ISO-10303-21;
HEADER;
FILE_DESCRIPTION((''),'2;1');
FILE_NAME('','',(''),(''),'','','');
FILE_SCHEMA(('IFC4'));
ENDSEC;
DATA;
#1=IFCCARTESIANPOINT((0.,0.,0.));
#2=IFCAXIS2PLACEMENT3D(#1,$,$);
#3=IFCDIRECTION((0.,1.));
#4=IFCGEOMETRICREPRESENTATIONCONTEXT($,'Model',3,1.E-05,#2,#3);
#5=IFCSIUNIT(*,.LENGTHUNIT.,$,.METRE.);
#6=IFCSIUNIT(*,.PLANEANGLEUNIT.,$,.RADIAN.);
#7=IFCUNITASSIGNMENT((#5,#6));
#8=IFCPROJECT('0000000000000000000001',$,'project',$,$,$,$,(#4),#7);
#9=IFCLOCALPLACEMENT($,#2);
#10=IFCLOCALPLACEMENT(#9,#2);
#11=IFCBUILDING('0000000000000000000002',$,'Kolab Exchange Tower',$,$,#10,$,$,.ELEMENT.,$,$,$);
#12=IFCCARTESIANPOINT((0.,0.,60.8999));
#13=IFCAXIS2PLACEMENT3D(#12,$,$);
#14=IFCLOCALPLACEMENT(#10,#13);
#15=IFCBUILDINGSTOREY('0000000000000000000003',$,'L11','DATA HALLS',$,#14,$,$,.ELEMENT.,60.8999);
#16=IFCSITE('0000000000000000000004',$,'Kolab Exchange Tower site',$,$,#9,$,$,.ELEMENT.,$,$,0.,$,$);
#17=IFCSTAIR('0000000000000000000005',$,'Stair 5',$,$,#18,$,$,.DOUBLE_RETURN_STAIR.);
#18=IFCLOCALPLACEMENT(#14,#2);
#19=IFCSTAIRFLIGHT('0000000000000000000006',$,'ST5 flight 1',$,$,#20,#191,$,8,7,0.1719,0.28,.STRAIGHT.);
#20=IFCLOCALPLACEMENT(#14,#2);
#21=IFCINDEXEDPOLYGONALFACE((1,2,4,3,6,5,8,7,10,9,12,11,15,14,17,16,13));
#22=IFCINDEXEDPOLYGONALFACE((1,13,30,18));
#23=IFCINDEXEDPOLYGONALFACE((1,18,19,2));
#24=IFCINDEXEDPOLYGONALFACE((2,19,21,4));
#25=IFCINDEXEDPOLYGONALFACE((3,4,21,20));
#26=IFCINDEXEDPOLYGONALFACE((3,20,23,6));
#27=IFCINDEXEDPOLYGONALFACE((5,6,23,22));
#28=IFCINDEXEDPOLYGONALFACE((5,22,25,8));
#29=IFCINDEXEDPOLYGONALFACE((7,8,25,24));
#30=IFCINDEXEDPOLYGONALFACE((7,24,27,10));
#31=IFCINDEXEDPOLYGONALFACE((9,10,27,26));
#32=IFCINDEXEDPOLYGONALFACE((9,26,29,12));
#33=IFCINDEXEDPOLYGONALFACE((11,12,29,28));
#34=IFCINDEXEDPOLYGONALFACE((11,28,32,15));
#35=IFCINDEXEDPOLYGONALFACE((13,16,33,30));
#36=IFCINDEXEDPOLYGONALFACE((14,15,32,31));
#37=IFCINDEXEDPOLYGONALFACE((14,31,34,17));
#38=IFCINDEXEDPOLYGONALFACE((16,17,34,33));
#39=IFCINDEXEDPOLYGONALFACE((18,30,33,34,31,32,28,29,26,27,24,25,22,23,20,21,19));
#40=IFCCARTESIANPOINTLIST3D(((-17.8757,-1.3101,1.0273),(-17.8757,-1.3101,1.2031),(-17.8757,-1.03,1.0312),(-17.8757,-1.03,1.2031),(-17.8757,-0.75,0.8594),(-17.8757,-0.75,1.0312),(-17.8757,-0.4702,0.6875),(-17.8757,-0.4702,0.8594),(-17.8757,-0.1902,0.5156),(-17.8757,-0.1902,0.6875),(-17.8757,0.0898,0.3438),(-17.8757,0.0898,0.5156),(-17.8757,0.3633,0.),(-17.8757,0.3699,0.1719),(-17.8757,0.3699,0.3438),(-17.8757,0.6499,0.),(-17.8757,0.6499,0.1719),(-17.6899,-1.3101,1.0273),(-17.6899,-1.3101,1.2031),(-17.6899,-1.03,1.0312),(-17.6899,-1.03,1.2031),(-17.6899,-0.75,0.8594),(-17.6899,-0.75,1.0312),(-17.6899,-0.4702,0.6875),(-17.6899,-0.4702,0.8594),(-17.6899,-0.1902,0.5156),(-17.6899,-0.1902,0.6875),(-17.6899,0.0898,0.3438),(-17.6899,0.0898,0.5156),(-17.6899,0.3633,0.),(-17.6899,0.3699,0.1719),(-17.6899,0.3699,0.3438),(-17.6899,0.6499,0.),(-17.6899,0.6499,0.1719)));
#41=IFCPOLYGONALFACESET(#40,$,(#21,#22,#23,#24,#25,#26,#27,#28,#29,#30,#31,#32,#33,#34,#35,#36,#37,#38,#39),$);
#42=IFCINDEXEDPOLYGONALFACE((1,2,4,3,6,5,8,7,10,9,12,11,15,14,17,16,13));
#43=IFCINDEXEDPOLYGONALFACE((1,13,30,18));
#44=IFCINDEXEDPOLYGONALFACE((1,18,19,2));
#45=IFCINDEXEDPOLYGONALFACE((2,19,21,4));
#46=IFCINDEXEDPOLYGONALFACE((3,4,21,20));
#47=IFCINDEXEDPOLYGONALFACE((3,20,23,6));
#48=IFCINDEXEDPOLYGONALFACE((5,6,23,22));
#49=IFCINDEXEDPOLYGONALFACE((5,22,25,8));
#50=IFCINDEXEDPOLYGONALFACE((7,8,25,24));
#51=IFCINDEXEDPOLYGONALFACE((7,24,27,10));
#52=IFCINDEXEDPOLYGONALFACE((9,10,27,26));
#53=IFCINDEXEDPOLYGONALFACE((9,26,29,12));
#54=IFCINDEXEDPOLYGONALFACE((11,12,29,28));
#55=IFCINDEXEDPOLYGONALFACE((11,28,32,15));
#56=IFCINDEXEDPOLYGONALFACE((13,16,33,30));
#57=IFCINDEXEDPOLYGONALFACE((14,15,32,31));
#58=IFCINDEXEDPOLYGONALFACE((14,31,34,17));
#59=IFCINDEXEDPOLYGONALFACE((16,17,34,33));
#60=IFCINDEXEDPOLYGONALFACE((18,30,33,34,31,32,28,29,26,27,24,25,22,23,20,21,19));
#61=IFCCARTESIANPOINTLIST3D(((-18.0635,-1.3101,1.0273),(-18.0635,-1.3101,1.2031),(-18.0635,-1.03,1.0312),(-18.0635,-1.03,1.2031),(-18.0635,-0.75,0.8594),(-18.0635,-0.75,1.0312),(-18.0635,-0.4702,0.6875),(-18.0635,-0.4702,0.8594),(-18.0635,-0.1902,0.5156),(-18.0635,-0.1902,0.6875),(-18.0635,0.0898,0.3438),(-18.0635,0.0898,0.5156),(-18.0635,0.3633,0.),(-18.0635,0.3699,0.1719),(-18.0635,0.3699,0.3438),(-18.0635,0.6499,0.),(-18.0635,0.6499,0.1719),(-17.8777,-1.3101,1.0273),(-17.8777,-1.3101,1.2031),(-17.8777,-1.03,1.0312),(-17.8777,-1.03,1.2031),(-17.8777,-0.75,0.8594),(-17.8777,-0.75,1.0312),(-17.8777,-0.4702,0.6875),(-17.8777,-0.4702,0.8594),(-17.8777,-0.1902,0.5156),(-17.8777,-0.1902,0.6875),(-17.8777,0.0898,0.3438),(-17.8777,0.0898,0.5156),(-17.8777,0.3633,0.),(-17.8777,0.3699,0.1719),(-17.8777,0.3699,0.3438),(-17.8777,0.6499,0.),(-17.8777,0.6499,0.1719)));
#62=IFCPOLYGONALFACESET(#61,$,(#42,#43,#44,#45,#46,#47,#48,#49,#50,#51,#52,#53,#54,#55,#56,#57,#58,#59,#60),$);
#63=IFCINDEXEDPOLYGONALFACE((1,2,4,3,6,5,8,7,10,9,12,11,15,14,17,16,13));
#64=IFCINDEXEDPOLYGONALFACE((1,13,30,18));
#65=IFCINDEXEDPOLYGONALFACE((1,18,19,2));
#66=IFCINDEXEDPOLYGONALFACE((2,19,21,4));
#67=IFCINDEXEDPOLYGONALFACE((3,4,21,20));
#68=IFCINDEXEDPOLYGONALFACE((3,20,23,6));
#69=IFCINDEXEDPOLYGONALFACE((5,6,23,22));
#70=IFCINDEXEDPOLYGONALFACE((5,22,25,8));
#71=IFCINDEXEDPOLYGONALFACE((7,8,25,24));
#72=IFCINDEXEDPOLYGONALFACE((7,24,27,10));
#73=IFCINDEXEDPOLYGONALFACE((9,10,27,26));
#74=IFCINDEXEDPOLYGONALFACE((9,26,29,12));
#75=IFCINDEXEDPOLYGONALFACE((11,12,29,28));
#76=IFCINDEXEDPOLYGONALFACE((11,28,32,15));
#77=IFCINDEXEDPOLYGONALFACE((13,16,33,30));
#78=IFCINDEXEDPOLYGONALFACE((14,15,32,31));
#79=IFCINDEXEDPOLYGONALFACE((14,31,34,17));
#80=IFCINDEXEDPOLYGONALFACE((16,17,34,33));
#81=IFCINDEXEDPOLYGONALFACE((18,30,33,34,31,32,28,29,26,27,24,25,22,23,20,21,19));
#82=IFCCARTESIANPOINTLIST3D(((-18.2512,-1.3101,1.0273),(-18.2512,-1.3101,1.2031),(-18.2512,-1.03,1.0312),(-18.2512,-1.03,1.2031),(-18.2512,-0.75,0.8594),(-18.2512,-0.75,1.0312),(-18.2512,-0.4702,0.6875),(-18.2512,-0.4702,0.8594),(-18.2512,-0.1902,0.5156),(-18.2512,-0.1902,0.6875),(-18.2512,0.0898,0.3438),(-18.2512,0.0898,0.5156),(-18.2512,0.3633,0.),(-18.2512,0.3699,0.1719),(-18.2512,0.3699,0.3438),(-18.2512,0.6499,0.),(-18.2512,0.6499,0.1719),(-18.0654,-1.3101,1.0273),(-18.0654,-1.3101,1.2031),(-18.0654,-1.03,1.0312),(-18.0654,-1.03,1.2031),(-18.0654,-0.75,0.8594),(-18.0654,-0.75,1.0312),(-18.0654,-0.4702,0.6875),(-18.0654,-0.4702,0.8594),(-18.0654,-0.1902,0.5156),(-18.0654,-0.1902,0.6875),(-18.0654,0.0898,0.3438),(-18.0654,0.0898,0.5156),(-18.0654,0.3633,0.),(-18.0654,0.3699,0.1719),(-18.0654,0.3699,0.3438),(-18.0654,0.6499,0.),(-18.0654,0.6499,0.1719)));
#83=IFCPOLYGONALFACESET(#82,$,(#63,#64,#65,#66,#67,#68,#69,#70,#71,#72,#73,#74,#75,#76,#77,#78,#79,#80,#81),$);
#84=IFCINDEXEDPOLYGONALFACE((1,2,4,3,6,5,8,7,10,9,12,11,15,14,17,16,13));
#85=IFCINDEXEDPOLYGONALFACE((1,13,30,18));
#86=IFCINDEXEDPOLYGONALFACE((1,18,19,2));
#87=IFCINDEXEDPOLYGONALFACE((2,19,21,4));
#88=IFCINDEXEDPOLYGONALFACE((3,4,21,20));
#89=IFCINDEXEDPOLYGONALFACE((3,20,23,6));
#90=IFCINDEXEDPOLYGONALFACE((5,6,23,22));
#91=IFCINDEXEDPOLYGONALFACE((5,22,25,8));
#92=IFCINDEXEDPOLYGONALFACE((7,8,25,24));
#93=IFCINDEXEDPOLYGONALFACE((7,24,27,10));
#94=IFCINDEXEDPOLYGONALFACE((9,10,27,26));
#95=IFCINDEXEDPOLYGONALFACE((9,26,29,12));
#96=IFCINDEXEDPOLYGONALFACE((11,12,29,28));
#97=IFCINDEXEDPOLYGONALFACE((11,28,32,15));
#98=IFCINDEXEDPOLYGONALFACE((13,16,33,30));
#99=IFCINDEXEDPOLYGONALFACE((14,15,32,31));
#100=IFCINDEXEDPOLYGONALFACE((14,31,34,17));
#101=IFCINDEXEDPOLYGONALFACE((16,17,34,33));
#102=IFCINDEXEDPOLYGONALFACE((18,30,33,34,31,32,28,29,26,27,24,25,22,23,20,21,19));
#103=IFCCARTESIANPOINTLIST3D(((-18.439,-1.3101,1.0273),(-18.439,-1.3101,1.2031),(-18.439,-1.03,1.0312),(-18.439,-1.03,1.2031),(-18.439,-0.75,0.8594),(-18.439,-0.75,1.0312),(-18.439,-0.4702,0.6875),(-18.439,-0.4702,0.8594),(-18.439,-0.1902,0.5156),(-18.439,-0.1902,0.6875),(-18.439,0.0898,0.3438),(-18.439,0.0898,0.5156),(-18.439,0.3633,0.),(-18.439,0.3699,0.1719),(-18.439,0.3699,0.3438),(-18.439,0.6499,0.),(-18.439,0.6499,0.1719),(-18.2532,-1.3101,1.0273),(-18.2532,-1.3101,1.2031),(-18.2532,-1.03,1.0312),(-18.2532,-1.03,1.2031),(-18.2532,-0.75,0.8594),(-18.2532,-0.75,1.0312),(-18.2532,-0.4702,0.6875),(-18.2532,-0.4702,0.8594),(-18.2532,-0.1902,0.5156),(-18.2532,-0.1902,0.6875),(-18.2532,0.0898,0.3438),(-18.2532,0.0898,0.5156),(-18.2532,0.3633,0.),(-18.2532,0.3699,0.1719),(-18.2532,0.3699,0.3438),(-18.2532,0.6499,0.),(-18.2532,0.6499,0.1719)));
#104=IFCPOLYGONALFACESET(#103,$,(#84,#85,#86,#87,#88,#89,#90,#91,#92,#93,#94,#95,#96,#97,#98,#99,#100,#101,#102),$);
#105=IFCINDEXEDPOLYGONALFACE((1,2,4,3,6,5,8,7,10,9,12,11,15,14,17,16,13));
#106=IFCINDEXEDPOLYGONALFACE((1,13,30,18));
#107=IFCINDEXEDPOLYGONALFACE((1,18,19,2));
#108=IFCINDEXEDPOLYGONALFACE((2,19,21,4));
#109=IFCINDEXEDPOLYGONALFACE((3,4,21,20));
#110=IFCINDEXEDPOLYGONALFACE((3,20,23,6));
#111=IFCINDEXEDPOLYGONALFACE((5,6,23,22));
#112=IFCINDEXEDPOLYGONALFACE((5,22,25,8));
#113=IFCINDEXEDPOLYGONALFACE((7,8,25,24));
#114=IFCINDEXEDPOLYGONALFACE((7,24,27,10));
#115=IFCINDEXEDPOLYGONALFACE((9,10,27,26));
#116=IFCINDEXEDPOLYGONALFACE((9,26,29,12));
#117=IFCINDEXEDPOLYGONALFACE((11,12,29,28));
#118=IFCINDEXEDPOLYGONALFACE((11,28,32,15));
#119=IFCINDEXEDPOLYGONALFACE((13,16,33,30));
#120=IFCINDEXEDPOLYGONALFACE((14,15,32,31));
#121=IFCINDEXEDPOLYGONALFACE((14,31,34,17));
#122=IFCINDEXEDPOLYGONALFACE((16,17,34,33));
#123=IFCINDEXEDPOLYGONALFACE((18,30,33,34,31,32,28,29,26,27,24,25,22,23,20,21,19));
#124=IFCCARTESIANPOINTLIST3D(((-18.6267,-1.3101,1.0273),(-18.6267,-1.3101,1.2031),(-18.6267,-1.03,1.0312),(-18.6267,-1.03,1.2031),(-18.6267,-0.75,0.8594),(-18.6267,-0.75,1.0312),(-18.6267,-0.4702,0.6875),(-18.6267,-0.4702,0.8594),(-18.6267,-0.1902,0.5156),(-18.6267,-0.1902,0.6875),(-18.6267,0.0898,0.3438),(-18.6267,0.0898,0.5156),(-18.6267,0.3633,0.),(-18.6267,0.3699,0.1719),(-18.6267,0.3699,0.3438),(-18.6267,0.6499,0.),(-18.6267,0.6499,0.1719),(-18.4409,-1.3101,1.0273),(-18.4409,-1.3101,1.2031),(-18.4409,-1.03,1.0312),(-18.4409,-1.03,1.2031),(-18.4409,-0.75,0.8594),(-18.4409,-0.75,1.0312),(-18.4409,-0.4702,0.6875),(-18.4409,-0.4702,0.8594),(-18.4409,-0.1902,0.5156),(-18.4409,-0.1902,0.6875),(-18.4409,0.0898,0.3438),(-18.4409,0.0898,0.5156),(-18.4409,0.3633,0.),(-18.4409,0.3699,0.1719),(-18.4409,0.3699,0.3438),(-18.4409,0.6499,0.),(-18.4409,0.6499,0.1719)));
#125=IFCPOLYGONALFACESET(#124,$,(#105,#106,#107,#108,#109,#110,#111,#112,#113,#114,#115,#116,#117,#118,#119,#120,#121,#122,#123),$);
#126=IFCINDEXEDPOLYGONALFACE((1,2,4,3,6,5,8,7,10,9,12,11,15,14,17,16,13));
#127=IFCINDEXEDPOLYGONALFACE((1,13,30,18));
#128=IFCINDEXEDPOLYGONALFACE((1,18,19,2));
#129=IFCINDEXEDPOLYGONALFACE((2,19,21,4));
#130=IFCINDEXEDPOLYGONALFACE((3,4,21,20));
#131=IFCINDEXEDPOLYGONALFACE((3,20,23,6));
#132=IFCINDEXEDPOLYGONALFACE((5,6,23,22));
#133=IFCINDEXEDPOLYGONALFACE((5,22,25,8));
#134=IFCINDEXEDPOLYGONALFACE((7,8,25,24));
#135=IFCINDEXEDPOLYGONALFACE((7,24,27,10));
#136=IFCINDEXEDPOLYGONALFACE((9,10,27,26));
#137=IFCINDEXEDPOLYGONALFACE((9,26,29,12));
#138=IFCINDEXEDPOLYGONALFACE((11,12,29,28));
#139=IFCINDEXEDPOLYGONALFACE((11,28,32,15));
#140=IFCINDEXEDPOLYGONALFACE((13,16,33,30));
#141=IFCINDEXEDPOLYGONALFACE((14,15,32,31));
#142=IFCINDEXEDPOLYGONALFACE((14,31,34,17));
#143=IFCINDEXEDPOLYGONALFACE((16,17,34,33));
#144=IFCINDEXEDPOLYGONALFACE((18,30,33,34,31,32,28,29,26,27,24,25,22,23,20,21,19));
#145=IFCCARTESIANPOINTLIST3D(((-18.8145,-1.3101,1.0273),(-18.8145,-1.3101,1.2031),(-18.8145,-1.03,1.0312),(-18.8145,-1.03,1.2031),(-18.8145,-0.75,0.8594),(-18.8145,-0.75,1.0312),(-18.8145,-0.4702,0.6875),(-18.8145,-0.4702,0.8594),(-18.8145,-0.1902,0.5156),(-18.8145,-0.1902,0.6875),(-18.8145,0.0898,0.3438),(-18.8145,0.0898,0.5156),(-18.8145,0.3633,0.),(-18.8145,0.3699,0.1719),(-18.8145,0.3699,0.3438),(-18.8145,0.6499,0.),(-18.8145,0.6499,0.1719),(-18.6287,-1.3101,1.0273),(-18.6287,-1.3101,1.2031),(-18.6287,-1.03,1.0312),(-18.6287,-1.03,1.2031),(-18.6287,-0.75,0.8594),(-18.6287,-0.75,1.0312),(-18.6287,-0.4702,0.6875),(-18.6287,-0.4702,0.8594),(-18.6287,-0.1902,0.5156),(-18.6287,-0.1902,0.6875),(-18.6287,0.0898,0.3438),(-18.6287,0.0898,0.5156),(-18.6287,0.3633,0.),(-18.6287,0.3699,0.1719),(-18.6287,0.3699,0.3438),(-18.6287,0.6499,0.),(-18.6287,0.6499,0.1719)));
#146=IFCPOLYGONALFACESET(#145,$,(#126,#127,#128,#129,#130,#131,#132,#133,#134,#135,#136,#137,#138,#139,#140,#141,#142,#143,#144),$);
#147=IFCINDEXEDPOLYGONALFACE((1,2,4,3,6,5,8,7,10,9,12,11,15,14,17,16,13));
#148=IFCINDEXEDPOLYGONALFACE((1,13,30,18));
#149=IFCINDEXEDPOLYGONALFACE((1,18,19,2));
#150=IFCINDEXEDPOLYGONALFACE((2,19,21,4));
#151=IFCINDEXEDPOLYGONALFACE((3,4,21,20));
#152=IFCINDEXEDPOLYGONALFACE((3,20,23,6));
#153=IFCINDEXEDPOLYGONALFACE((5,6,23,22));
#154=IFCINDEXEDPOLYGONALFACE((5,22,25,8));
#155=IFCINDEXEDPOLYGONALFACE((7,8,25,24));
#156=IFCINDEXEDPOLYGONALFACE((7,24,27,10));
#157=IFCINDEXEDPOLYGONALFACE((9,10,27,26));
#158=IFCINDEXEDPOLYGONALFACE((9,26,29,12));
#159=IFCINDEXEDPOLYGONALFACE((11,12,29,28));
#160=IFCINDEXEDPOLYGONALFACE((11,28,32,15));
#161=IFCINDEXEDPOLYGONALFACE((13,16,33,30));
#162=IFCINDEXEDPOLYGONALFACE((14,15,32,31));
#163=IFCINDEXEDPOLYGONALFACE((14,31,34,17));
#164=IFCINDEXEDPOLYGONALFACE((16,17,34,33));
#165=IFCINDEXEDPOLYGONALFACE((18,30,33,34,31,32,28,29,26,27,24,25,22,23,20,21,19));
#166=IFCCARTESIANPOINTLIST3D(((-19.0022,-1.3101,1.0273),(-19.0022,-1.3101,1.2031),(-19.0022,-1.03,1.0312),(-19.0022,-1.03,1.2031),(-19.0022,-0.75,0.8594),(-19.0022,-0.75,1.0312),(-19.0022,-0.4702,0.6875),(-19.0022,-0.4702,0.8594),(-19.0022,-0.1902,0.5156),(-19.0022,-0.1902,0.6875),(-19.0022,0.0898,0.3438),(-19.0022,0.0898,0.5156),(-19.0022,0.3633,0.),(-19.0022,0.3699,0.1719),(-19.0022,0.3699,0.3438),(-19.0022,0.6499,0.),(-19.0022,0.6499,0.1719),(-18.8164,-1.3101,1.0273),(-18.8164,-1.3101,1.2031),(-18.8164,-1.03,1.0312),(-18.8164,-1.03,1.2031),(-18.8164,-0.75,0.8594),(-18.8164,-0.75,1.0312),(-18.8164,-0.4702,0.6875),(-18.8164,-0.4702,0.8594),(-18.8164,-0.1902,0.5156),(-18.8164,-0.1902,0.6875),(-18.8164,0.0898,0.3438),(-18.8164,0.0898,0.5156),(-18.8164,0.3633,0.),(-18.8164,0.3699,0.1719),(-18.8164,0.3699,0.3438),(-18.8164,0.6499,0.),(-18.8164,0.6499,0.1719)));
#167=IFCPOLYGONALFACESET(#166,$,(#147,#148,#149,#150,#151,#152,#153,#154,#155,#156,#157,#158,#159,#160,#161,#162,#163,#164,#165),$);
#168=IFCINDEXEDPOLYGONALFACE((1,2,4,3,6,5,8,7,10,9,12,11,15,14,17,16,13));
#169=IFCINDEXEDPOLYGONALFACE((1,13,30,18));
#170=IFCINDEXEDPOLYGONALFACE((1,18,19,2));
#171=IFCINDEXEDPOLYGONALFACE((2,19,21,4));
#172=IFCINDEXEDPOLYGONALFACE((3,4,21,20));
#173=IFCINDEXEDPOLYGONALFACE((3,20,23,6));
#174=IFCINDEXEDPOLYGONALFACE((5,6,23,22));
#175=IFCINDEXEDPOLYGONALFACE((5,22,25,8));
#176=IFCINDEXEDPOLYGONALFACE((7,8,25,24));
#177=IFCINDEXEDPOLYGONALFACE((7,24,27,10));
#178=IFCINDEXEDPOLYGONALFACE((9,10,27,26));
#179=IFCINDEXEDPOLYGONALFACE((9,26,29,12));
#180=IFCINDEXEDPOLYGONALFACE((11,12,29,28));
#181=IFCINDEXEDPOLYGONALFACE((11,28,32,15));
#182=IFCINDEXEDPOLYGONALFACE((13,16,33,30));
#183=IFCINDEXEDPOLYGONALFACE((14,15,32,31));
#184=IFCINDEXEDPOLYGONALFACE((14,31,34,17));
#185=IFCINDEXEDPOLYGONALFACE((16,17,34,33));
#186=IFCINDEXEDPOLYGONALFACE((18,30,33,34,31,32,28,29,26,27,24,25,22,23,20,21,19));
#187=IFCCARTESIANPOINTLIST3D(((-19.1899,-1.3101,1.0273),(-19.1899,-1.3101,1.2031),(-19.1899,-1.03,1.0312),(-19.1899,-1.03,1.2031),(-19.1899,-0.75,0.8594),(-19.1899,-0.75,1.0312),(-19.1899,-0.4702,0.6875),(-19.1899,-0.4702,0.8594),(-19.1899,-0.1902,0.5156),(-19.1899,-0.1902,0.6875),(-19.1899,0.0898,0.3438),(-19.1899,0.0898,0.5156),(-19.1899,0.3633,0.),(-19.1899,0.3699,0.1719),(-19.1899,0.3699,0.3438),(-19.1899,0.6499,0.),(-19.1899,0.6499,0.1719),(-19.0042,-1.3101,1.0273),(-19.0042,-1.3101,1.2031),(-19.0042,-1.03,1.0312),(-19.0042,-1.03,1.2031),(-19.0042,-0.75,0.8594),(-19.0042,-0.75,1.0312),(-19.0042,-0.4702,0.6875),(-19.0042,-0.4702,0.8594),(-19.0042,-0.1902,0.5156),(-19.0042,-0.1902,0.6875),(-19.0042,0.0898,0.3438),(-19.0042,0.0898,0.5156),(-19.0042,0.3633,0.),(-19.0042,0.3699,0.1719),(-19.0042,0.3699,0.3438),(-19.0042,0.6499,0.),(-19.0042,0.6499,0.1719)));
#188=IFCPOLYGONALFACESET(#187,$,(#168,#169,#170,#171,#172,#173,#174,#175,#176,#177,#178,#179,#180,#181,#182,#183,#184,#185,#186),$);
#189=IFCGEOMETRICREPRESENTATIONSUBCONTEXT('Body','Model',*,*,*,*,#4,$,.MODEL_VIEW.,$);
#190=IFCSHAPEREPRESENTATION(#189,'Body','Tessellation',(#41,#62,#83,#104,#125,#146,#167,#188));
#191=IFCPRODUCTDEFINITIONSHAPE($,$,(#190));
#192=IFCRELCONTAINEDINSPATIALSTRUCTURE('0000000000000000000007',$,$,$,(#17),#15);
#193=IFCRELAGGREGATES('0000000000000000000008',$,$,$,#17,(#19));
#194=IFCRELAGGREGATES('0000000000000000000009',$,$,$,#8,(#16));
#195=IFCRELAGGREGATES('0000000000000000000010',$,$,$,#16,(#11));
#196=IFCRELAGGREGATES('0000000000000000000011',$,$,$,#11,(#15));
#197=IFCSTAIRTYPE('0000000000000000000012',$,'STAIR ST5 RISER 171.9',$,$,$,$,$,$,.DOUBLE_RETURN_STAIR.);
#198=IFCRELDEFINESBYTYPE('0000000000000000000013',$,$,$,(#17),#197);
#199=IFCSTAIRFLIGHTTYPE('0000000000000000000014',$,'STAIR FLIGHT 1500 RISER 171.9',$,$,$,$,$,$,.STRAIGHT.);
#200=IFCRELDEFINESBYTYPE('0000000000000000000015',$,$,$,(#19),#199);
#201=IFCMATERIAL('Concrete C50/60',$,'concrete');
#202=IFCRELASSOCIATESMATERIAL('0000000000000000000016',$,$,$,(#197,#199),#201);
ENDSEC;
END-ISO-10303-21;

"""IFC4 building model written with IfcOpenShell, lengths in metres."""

from ifc_helpers import new_model, si_unit, direction, frame, origin, place, context, subcontext, project, spatial, polyline, outline, extrude, material, type_object, element, aggregate, save


model = new_model("IFC4")

# Units and contexts
model_context = context("Model", 3, precision=1e-05, world=origin(), true_north=direction((0.0, 1.0)))
body_context = subcontext(model_context, "Body", "Model", "MODEL_VIEW")
ifc_project = project(units=[si_unit("LENGTHUNIT", "METRE"), si_unit("PLANEANGLEUNIT", "RADIAN")], contexts=[model_context])

# Site, building, storey
site_placement = place(None, origin())
site = spatial("IfcSite", under=ifc_project, at=site_placement, Name="Kolab Exchange Tower site", CompositionType="ELEMENT", RefElevation=0.0)
building_placement = place(site_placement, origin())
building = spatial("IfcBuilding", under=site, at=building_placement, Name="Kolab Exchange Tower", CompositionType="ELEMENT")
storey_placement = place(building_placement, frame((0.0, 0.0, 60.8999)))
storey = spatial("IfcBuildingStorey", under=building, at=storey_placement, Name="L11", Description="DATA HALLS", CompositionType="ELEMENT", Elevation=60.8999)

# Shared definitions
ifc_material_1 = material(Name="Concrete C50/60", Category="concrete")

# Stair, stair flight
stair_type = type_object("IfcStairType", Name="STAIR ST5 RISER 171.9", PredefinedType="DOUBLE_RETURN_STAIR", material=ifc_material_1)
stair_placement = place(storey_placement, origin())
stair = element("IfcStair", 1, at=stair_placement, inside=storey, type_object=stair_type, Name="Stair 5", PredefinedType="DOUBLE_RETURN_STAIR")
stair_flight_type = type_object("IfcStairFlightType", Name="STAIR FLIGHT 1500 RISER 171.9", PredefinedType="STRAIGHT", material=ifc_material_1)
stair_flight_1_placement = place(storey_placement, frame((-18.4399, 0.6499, 0.0), z_axis=(0.0, 0.0, 1.0), x_axis=(0.0, -1.0, 0.0)))
stair_flight_1 = element("IfcStairFlight", 2, at=stair_flight_1_placement, type_object=stair_flight_type, Name="ST5 flight 1", NumberOfRisers=8, NumberOfTreads=7, PredefinedType="STRAIGHT", RiserHeight=0.1719, TreadLength=0.28, context=body_context, shape_type="SweptSolid", body=[
    extrude(outline(polyline([(0.0, 0.0), (0.0, 0.1719), (0.28, 0.1719), (0.28, 0.3438), (0.5601, 0.3438), (0.5601, 0.5156), (0.8401, 0.5156), (0.8401, 0.6875), (1.1201, 0.6875), (1.1201, 0.8594), (1.3999, 0.8594), (1.3999, 1.0312), (1.6799, 1.0312), (1.6799, 1.2031), (1.96, 1.2031), (1.96, 1.375), (1.96, 1.0273), (0.2866, 0.0), (0.0, 0.0)])), frame((0.0, 0.75, 0.0), z_axis=(0.0, -1.0, 0.0), x_axis=(1.0, 0.0, 0.0)), (0.0, 0.0, 1.0), 0.1858),
    extrude(outline(polyline([(0.0, 0.0), (0.0, 0.1719), (0.28, 0.1719), (0.28, 0.3438), (0.5601, 0.3438), (0.5601, 0.5156), (0.8401, 0.5156), (0.8401, 0.6875), (1.1201, 0.6875), (1.1201, 0.8594), (1.3999, 0.8594), (1.3999, 1.0312), (1.6799, 1.0312), (1.6799, 1.2031), (1.96, 1.2031), (1.96, 1.375), (1.96, 1.0273), (0.2866, 0.0), (0.0, 0.0)])), frame((0.0, 0.5623, 0.0), z_axis=(0.0, -1.0, 0.0), x_axis=(1.0, 0.0, 0.0)), (0.0, 0.0, 1.0), 0.1858),
    extrude(outline(polyline([(0.0, 0.0), (0.0, 0.1719), (0.28, 0.1719), (0.28, 0.3438), (0.5601, 0.3438), (0.5601, 0.5156), (0.8401, 0.5156), (0.8401, 0.6875), (1.1201, 0.6875), (1.1201, 0.8594), (1.3999, 0.8594), (1.3999, 1.0312), (1.6799, 1.0312), (1.6799, 1.2031), (1.96, 1.2031), (1.96, 1.375), (1.96, 1.0273), (0.2866, 0.0), (0.0, 0.0)])), frame((0.0, 0.3745, 0.0), z_axis=(0.0, -1.0, 0.0), x_axis=(1.0, 0.0, 0.0)), (0.0, 0.0, 1.0), 0.1858),
    extrude(outline(polyline([(0.0, 0.0), (0.0, 0.1719), (0.28, 0.1719), (0.28, 0.3438), (0.5601, 0.3438), (0.5601, 0.5156), (0.8401, 0.5156), (0.8401, 0.6875), (1.1201, 0.6875), (1.1201, 0.8594), (1.3999, 0.8594), (1.3999, 1.0312), (1.6799, 1.0312), (1.6799, 1.2031), (1.96, 1.2031), (1.96, 1.375), (1.96, 1.0273), (0.2866, 0.0), (0.0, 0.0)])), frame((0.0, 0.1868, 0.0), z_axis=(0.0, -1.0, 0.0), x_axis=(1.0, 0.0, 0.0)), (0.0, 0.0, 1.0), 0.1858),
    extrude(outline(polyline([(0.0, 0.0), (0.0, 0.1719), (0.28, 0.1719), (0.28, 0.3438), (0.5601, 0.3438), (0.5601, 0.5156), (0.8401, 0.5156), (0.8401, 0.6875), (1.1201, 0.6875), (1.1201, 0.8594), (1.3999, 0.8594), (1.3999, 1.0312), (1.6799, 1.0312), (1.6799, 1.2031), (1.96, 1.2031), (1.96, 1.375), (1.96, 1.0273), (0.2866, 0.0), (0.0, 0.0)])), frame((0.0, -0.001, 0.0), z_axis=(0.0, -1.0, 0.0), x_axis=(1.0, 0.0, 0.0)), (0.0, 0.0, 1.0), 0.1858),
    extrude(outline(polyline([(0.0, 0.0), (0.0, 0.1719), (0.28, 0.1719), (0.28, 0.3438), (0.5601, 0.3438), (0.5601, 0.5156), (0.8401, 0.5156), (0.8401, 0.6875), (1.1201, 0.6875), (1.1201, 0.8594), (1.3999, 0.8594), (1.3999, 1.0312), (1.6799, 1.0312), (1.6799, 1.2031), (1.96, 1.2031), (1.96, 1.375), (1.96, 1.0273), (0.2866, 0.0), (0.0, 0.0)])), frame((0.0, -0.1887, 0.0), z_axis=(0.0, -1.0, 0.0), x_axis=(1.0, 0.0, 0.0)), (0.0, 0.0, 1.0), 0.1858),
    extrude(outline(polyline([(0.0, 0.0), (0.0, 0.1719), (0.28, 0.1719), (0.28, 0.3438), (0.5601, 0.3438), (0.5601, 0.5156), (0.8401, 0.5156), (0.8401, 0.6875), (1.1201, 0.6875), (1.1201, 0.8594), (1.3999, 0.8594), (1.3999, 1.0312), (1.6799, 1.0312), (1.6799, 1.2031), (1.96, 1.2031), (1.96, 1.375), (1.96, 1.0273), (0.2866, 0.0), (0.0, 0.0)])), frame((0.0, -0.3765, 0.0), z_axis=(0.0, -1.0, 0.0), x_axis=(1.0, 0.0, 0.0)), (0.0, 0.0, 1.0), 0.1858),
    extrude(outline(polyline([(0.0, 0.0), (0.0, 0.1719), (0.28, 0.1719), (0.28, 0.3438), (0.5601, 0.3438), (0.5601, 0.5156), (0.8401, 0.5156), (0.8401, 0.6875), (1.1201, 0.6875), (1.1201, 0.8594), (1.3999, 0.8594), (1.3999, 1.0312), (1.6799, 1.0312), (1.6799, 1.2031), (1.96, 1.2031), (1.96, 1.375), (1.96, 1.0273), (0.2866, 0.0), (0.0, 0.0)])), frame((0.0, -0.5642, 0.0), z_axis=(0.0, -1.0, 0.0), x_axis=(1.0, 0.0, 0.0)), (0.0, 0.0, 1.0), 0.1858),
])
aggregate(stair, [stair_flight_1])

save(model, "model.ifc")
